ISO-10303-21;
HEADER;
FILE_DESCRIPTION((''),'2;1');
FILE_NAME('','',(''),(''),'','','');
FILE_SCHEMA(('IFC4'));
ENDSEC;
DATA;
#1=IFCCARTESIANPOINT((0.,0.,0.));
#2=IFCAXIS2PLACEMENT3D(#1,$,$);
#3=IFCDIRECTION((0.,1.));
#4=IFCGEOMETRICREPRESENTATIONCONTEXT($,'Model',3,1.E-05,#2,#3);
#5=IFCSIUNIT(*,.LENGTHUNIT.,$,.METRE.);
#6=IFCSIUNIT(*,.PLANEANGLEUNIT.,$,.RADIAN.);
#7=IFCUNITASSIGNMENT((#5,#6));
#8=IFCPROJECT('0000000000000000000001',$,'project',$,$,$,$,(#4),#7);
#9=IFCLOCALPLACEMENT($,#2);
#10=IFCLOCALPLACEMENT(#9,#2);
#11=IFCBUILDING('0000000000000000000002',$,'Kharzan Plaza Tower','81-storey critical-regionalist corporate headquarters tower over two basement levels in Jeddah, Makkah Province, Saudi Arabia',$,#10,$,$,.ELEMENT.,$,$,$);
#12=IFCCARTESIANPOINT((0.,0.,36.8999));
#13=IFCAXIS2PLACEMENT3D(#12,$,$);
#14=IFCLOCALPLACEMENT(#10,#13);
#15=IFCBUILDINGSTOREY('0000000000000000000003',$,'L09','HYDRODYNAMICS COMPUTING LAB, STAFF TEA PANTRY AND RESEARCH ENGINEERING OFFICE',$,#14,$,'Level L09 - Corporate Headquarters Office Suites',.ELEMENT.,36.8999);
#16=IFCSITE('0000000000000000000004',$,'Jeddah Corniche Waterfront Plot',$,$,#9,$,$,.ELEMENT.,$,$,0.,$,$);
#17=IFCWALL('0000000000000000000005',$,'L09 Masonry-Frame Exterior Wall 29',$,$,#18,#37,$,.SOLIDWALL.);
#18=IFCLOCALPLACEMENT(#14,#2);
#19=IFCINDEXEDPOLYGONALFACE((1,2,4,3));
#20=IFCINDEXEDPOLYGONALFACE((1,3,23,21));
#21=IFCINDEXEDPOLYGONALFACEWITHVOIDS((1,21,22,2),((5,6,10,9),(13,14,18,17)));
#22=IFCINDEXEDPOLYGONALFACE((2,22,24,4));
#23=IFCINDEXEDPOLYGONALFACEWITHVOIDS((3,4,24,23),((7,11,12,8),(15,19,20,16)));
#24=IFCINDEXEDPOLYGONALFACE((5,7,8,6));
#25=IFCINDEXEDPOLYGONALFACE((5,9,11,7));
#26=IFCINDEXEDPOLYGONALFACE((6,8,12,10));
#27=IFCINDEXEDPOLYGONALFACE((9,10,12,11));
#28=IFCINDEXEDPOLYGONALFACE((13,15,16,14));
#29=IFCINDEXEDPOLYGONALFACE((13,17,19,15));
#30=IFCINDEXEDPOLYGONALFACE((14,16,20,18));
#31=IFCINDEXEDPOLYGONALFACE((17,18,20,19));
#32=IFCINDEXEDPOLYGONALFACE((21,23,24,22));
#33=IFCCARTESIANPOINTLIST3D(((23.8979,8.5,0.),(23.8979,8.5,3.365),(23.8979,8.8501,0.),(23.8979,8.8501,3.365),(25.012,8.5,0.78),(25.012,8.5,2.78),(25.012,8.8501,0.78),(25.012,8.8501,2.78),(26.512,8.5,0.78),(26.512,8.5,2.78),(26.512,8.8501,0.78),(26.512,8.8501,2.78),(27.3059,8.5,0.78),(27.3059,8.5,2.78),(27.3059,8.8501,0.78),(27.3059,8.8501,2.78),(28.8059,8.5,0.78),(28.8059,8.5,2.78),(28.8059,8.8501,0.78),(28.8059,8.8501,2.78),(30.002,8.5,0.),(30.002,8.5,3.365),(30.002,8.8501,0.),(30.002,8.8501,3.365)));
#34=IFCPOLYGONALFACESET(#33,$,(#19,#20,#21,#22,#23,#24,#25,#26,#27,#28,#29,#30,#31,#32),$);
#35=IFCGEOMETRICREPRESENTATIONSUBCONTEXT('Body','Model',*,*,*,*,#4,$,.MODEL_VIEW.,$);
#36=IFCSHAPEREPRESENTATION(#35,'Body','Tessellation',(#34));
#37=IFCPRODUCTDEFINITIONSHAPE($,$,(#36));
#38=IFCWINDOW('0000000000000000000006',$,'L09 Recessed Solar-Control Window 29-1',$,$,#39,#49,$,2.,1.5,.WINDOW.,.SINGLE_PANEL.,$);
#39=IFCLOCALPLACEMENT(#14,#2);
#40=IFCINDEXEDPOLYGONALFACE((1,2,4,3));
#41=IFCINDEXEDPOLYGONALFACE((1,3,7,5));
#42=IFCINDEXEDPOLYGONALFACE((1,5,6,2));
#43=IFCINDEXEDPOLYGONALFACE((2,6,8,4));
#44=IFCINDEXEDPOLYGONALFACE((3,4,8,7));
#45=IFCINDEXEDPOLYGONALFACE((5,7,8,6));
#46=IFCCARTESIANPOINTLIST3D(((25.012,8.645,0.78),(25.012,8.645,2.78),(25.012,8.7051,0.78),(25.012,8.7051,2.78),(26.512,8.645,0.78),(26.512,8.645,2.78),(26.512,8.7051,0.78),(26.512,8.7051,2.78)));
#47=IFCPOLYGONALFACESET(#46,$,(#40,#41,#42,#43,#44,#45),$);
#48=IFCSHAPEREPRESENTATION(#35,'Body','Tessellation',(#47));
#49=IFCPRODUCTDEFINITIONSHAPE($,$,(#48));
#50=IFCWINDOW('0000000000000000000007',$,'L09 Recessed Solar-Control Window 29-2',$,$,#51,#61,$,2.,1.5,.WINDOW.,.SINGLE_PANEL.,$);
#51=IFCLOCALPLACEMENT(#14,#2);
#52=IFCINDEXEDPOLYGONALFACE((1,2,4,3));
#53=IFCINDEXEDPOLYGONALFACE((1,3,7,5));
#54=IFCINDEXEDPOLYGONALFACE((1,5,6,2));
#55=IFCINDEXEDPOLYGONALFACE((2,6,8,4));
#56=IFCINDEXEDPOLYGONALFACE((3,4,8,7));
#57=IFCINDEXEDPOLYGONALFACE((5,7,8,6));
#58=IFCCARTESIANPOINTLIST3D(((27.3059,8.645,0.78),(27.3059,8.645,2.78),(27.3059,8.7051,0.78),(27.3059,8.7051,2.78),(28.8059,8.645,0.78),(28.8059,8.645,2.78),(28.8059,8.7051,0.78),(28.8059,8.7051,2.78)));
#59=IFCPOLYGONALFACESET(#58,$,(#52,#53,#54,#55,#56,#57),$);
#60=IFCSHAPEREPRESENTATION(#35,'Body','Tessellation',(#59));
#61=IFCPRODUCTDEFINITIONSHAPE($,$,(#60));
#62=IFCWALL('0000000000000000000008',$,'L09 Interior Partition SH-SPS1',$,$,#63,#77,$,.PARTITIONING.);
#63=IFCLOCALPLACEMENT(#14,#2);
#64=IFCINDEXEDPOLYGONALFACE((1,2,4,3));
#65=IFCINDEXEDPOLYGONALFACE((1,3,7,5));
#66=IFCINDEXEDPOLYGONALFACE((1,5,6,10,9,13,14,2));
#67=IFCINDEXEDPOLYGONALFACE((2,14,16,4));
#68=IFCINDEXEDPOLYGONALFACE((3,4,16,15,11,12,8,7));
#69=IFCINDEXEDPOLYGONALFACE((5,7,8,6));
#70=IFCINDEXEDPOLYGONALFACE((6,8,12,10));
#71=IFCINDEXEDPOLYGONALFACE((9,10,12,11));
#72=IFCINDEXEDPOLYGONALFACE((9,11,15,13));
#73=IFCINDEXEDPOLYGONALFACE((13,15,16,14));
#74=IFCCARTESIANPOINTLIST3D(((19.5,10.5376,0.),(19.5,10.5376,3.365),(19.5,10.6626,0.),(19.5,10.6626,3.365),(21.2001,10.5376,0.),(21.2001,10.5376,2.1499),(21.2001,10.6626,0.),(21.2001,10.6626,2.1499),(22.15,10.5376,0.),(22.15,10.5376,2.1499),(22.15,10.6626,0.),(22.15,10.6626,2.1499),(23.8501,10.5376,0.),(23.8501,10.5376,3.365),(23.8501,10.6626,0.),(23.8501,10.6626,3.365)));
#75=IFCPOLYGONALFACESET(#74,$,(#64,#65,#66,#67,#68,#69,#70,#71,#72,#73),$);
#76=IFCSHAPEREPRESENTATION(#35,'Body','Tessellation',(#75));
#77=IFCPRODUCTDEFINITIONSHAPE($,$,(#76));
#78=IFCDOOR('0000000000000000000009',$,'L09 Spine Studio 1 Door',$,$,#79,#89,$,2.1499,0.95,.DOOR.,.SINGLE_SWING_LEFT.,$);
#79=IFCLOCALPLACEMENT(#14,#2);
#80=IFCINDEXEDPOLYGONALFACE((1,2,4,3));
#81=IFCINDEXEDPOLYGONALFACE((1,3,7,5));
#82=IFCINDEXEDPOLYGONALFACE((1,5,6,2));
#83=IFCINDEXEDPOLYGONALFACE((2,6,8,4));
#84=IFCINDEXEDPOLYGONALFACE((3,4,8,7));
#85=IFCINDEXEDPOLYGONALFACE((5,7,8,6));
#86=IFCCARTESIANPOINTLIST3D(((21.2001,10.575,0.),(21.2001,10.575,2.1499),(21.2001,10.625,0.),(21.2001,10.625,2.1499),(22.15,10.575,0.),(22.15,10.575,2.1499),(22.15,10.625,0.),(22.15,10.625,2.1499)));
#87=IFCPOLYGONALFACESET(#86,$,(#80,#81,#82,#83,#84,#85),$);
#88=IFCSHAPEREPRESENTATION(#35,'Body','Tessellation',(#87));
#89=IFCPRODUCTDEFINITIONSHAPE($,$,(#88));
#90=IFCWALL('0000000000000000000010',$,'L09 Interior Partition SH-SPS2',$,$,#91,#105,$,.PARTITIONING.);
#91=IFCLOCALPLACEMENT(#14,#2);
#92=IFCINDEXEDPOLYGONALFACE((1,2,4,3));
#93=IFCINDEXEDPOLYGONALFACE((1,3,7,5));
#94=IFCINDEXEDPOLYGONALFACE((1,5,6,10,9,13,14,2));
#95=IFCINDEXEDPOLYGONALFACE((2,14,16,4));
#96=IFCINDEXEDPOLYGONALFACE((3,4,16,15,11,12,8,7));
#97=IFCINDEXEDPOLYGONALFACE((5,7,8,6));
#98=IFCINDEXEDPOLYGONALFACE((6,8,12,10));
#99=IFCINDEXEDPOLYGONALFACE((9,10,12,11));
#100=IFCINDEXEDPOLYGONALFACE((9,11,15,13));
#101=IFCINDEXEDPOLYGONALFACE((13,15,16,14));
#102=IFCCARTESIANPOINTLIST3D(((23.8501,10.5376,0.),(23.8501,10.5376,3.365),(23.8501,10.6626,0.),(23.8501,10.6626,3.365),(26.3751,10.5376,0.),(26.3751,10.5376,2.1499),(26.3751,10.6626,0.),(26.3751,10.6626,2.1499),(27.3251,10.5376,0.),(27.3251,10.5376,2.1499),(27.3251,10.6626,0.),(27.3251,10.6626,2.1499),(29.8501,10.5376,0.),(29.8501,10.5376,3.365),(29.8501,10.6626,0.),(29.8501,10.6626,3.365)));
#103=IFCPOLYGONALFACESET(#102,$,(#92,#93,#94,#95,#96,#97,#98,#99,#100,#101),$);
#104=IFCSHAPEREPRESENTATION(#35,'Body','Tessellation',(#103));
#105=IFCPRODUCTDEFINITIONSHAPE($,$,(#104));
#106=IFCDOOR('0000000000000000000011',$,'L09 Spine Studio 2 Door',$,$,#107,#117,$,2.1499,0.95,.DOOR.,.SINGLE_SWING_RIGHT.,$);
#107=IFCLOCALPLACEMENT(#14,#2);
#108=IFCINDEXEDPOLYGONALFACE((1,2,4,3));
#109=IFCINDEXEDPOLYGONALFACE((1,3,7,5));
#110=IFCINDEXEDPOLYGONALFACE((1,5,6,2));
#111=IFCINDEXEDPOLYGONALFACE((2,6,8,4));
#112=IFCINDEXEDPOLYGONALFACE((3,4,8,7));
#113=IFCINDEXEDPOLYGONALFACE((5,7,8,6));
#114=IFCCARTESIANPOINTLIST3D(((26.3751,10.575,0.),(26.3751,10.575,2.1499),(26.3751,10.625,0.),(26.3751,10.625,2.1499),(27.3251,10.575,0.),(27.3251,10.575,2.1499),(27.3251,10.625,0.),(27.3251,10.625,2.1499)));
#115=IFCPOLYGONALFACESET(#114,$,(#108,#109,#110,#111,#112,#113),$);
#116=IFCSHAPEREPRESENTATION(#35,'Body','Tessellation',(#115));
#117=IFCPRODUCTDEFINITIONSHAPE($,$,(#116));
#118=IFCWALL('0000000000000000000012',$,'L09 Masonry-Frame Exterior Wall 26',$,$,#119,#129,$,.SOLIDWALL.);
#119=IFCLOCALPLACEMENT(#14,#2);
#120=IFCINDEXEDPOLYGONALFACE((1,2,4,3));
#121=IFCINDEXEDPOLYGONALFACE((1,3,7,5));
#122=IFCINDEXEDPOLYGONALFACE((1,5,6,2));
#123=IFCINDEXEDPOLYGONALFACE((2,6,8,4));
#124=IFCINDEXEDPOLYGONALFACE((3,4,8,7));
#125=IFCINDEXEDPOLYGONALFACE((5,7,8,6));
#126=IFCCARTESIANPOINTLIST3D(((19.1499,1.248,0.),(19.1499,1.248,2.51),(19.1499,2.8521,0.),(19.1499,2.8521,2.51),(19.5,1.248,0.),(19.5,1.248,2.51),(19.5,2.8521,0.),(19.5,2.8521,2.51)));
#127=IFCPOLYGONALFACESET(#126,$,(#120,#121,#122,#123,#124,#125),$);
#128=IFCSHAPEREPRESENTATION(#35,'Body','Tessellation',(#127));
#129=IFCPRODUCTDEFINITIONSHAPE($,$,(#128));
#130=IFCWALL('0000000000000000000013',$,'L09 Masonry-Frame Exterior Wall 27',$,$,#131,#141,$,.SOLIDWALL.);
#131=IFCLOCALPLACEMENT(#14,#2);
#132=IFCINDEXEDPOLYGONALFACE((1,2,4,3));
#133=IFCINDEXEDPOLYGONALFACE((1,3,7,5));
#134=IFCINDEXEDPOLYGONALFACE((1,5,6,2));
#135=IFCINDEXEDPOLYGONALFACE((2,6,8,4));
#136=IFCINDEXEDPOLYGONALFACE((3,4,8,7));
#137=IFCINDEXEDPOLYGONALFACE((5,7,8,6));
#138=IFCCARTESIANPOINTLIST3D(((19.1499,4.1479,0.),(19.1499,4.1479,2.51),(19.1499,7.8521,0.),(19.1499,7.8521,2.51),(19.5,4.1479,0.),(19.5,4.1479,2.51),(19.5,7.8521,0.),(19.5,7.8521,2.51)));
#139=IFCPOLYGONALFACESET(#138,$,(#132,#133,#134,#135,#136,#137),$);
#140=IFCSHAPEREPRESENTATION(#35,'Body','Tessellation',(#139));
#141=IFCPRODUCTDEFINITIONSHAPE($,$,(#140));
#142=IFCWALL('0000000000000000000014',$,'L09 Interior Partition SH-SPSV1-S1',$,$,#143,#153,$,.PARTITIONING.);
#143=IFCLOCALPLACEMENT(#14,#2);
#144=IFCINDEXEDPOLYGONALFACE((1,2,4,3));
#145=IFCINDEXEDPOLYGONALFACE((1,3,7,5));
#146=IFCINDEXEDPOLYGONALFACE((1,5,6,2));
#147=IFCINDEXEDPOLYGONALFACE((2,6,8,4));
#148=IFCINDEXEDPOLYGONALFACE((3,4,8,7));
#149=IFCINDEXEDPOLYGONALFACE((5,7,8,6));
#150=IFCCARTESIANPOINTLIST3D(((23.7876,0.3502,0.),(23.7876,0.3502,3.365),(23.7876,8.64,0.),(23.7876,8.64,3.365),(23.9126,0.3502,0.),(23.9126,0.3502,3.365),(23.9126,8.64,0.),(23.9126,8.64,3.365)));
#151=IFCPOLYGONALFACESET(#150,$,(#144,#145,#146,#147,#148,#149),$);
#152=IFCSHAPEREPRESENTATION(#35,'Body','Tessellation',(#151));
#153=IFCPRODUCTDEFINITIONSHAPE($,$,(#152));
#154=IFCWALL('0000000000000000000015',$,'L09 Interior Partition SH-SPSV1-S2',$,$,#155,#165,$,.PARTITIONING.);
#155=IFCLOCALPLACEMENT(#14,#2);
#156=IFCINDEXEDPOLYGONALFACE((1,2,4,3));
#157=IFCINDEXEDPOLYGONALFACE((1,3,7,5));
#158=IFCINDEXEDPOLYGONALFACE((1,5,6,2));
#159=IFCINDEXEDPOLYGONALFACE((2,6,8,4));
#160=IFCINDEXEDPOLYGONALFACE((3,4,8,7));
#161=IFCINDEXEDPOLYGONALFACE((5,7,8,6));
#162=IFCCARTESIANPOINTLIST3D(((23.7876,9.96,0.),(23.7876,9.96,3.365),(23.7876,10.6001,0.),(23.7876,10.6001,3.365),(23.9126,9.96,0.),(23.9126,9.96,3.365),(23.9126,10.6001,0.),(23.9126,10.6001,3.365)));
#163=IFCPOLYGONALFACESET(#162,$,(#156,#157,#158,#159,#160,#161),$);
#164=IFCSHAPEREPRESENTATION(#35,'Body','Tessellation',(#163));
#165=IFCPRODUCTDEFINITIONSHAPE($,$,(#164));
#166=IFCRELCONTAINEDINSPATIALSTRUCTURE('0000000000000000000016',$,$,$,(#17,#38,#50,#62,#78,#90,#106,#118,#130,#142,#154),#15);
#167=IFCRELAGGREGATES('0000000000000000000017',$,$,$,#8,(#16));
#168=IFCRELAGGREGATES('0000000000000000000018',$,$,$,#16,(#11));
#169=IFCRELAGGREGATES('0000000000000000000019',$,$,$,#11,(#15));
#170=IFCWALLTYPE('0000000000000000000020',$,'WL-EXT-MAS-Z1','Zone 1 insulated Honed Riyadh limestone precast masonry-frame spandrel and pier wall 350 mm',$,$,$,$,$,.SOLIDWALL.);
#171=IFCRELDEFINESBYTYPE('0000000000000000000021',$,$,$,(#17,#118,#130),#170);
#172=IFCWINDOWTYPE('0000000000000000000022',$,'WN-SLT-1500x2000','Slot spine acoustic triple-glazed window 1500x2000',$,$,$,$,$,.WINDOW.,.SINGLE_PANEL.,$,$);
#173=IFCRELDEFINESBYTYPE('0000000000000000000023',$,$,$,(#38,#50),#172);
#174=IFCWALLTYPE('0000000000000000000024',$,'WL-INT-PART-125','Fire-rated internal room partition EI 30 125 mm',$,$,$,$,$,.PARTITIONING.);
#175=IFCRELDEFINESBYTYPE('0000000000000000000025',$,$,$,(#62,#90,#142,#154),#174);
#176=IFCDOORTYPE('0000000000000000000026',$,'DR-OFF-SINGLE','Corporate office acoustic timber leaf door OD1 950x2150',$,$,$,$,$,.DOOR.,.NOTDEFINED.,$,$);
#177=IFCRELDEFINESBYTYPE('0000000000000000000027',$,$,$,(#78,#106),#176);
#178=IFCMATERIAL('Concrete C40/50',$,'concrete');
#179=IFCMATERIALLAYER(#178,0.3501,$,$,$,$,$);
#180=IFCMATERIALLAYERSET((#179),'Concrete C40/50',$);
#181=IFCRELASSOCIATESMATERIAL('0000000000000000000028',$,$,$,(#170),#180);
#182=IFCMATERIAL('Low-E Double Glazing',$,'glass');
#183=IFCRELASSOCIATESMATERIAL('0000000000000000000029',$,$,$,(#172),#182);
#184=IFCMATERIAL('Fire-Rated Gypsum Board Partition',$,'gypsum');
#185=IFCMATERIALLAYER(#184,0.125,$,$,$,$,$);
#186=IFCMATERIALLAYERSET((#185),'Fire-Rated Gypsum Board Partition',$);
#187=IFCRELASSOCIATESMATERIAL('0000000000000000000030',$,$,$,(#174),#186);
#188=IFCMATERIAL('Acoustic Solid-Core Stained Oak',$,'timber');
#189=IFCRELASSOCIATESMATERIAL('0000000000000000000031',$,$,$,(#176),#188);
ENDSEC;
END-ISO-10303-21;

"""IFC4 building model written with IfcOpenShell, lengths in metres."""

from ifc_helpers import new_model, si_unit, direction, frame, frame_2d, origin, place, context, subcontext, project, spatial, rectangle, extrude, source, transform, mapped, material, layer, layer_set, type_object, element, fill, save


model = new_model("IFC4")

# Units and contexts
model_context = context("Model", 3, precision=1e-05, world=origin(), true_north=direction((0.0, 1.0)))
body_context = subcontext(model_context, "Body", "Model", "MODEL_VIEW")
ifc_project = project(units=[si_unit("LENGTHUNIT", "METRE"), si_unit("PLANEANGLEUNIT", "RADIAN")], contexts=[model_context])

# Site, building, storey
site_placement = place(None, origin())
site = spatial("IfcSite", under=ifc_project, at=site_placement, Name="Jeddah Corniche Waterfront Plot", CompositionType="ELEMENT", RefElevation=0.0)
building_placement = place(site_placement, origin())
building = spatial("IfcBuilding", under=site, at=building_placement, Name="Kharzan Plaza Tower", Description="81-storey critical-regionalist corporate headquarters tower over two basement levels in Jeddah, Makkah Province, Saudi Arabia", CompositionType="ELEMENT")
storey_placement = place(building_placement, frame((0.0, 0.0, 36.8999)))
storey = spatial("IfcBuildingStorey", under=building, at=storey_placement, Name="L09", Description="HYDRODYNAMICS COMPUTING LAB, STAFF TEA PANTRY AND RESEARCH ENGINEERING OFFICE", LongName="Level L09 - Corporate Headquarters Office Suites", CompositionType="ELEMENT", Elevation=36.8999)

# Shared definitions
ifc_material_1 = material(Name="Concrete C40/50", Category="concrete")
ifc_layer_1 = layer(ifc_material_1, 0.3501)
ifc_layer_set_1 = layer_set([ifc_layer_1], Name="Concrete C40/50")
wall_type_1 = type_object("IfcWallType", Name="WL-EXT-MAS-Z1", Description="Zone 1 insulated Honed Riyadh limestone precast masonry-frame spandrel and pier wall 350 mm", PredefinedType="SOLIDWALL", material=ifc_layer_set_1)
ifc_material_2 = material(Name="Low-E Double Glazing", Category="glass")
window_type = type_object("IfcWindowType", Name="WN-SLT-1500x2000", Description="Slot spine acoustic triple-glazed window 1500x2000", PartitioningType="SINGLE_PANEL", PredefinedType="WINDOW", material=ifc_material_2)
shared_shape_1 = source(origin(), body_context, "Body", "SweptSolid", [
    extrude(rectangle(XDim=1.5, YDim=2.0, at=frame_2d((0.75, 1.0))), frame((0.0, 0.03, 0.0), z_axis=(0.0, -1.0, 0.0), x_axis=(1.0, 0.0, 0.0)), (0.0, 0.0, 1.0), 0.0601),
])

# Wall, openings, windows
wall_1_placement = place(storey_placement, frame((23.8979, 8.675, 0.0), z_axis=(0.0, 0.0, 1.0), x_axis=(1.0, 0.0, 0.0)))
wall_1 = element("IfcWall", 1, at=wall_1_placement, inside=storey, type_object=wall_type_1, Name="L09 Masonry-Frame Exterior Wall 29", PredefinedType="SOLIDWALL", context=body_context, shape_type="SweptSolid", body=[
    extrude(rectangle(XDim=6.104, YDim=0.3501, at=frame_2d((3.052, 0.0))), origin(), (0.0, 0.0, 1.0), 3.365),
])
opening_1_placement = place(wall_1_placement, frame((1.114, 0.0, 0.78)))
opening_1 = element("IfcOpeningElement", 2, at=opening_1_placement, cuts=wall_1, PredefinedType="OPENING", context=body_context, shape_type="SweptSolid", body=[
    extrude(rectangle(XDim=1.5, YDim=2.0, at=frame_2d((0.75, 1.0))), frame((0.0, 0.1851, 0.0), z_axis=(0.0, -1.0, 0.0), x_axis=(1.0, 0.0, 0.0)), (0.0, 0.0, 1.0), 0.3701),
])
opening_2_placement = place(wall_1_placement, frame((3.408, 0.0, 0.78)))
opening_2 = element("IfcOpeningElement", 3, at=opening_2_placement, cuts=wall_1, PredefinedType="OPENING", context=body_context, shape_type="SweptSolid", body=[
    extrude(rectangle(XDim=1.5, YDim=2.0, at=frame_2d((0.75, 1.0))), frame((0.0, 0.1851, 0.0), z_axis=(0.0, -1.0, 0.0), x_axis=(1.0, 0.0, 0.0)), (0.0, 0.0, 1.0), 0.3701),
])
window_1_placement = place(opening_1_placement, origin())
window_1 = element("IfcWindow", 4, at=window_1_placement, inside=storey, type_object=window_type, Name="L09 Recessed Solar-Control Window 29-1", OverallHeight=2.0, OverallWidth=1.5, PartitioningType="SINGLE_PANEL", PredefinedType="WINDOW", context=body_context, shape_type="MappedRepresentation", body=[
    mapped(shared_shape_1, transform((0.0, 0.0, 0.0), x_axis=(1.0, 0.0, 0.0), y_axis=(0.0, 1.0, 0.0), z_axis=(0.0, 0.0, 1.0))),
])
fill(opening_1, window_1)
window_2_placement = place(opening_2_placement, origin())
window_2 = element("IfcWindow", 5, at=window_2_placement, inside=storey, type_object=window_type, Name="L09 Recessed Solar-Control Window 29-2", OverallHeight=2.0, OverallWidth=1.5, PartitioningType="SINGLE_PANEL", PredefinedType="WINDOW", context=body_context, shape_type="MappedRepresentation", body=[
    mapped(shared_shape_1, transform((0.0, 0.0, 0.0), x_axis=(1.0, 0.0, 0.0), y_axis=(0.0, 1.0, 0.0), z_axis=(0.0, 0.0, 1.0))),
])
fill(opening_2, window_2)

# Walls, openings, doors
ifc_material_3 = material(Name="Fire-Rated Gypsum Board Partition", Category="gypsum")
ifc_layer_2 = layer(ifc_material_3, 0.125)
ifc_layer_set_2 = layer_set([ifc_layer_2], Name="Fire-Rated Gypsum Board Partition")
wall_type_2 = type_object("IfcWallType", Name="WL-INT-PART-125", Description="Fire-rated internal room partition EI 30 125 mm", PredefinedType="PARTITIONING", material=ifc_layer_set_2)
wall_2_placement = place(storey_placement, frame((19.5, 10.6001, 0.0), z_axis=(0.0, 0.0, 1.0), x_axis=(1.0, 0.0, 0.0)))
wall_2 = element("IfcWall", 6, at=wall_2_placement, inside=storey, type_object=wall_type_2, Name="L09 Interior Partition SH-SPS1", PredefinedType="PARTITIONING", context=body_context, shape_type="SweptSolid", body=[
    extrude(rectangle(XDim=4.3501, YDim=0.125, at=frame_2d((2.175, 0.0))), origin(), (0.0, 0.0, 1.0), 3.365),
])
opening_3_placement = place(wall_2_placement, frame((1.7, 0.0, 0.0)))
opening_3 = element("IfcOpeningElement", 7, at=opening_3_placement, cuts=wall_2, PredefinedType="OPENING", context=body_context, shape_type="SweptSolid", body=[
    extrude(rectangle(XDim=0.95, YDim=2.1499, at=frame_2d((0.4751, 1.075))), frame((0.0, 0.0725, 0.0), z_axis=(0.0, -1.0, 0.0), x_axis=(1.0, 0.0, 0.0)), (0.0, 0.0, 1.0), 0.145),
])
ifc_material_4 = material(Name="Acoustic Solid-Core Stained Oak", Category="timber")
door_type = type_object("IfcDoorType", Name="DR-OFF-SINGLE", Description="Corporate office acoustic timber leaf door OD1 950x2150", OperationType="NOTDEFINED", PredefinedType="DOOR", material=ifc_material_4)
shared_shape_2 = source(origin(), body_context, "Body", "SweptSolid", [
    extrude(rectangle(XDim=0.95, YDim=2.1499, at=frame_2d((0.4751, 1.075))), frame((0.0, 0.0249, 0.0), z_axis=(0.0, -1.0, 0.0), x_axis=(1.0, 0.0, 0.0)), (0.0, 0.0, 1.0), 0.05),
])
door_1_placement = place(opening_3_placement, origin())
door_1 = element("IfcDoor", 8, at=door_1_placement, inside=storey, type_object=door_type, Name="L09 Spine Studio 1 Door", OperationType="SINGLE_SWING_LEFT", OverallHeight=2.1499, OverallWidth=0.95, PredefinedType="DOOR", context=body_context, shape_type="MappedRepresentation", body=[
    mapped(shared_shape_2, transform((0.0, 0.0, 0.0), x_axis=(1.0, 0.0, 0.0), y_axis=(0.0, 1.0, 0.0), z_axis=(0.0, 0.0, 1.0))),
])
fill(opening_3, door_1)
wall_3_placement = place(storey_placement, frame((23.8501, 10.6001, 0.0), z_axis=(0.0, 0.0, 1.0), x_axis=(1.0, 0.0, 0.0)))
wall_3 = element("IfcWall", 9, at=wall_3_placement, inside=storey, type_object=wall_type_2, Name="L09 Interior Partition SH-SPS2", PredefinedType="PARTITIONING", context=body_context, shape_type="SweptSolid", body=[
    extrude(rectangle(XDim=6.0, YDim=0.125, at=frame_2d((3.0, 0.0))), origin(), (0.0, 0.0, 1.0), 3.365),
])
opening_4_placement = place(wall_3_placement, frame((2.5249, 0.0, 0.0)))
opening_4 = element("IfcOpeningElement", 10, at=opening_4_placement, cuts=wall_3, PredefinedType="OPENING", context=body_context, shape_type="SweptSolid", body=[
    extrude(rectangle(XDim=0.95, YDim=2.1499, at=frame_2d((0.4751, 1.075))), frame((0.0, 0.0725, 0.0), z_axis=(0.0, -1.0, 0.0), x_axis=(1.0, 0.0, 0.0)), (0.0, 0.0, 1.0), 0.145),
])
door_2_placement = place(opening_4_placement, origin())
door_2 = element("IfcDoor", 11, at=door_2_placement, inside=storey, type_object=door_type, Name="L09 Spine Studio 2 Door", OperationType="SINGLE_SWING_RIGHT", OverallHeight=2.1499, OverallWidth=0.95, PredefinedType="DOOR", context=body_context, shape_type="MappedRepresentation", body=[
    mapped(shared_shape_2, transform((0.0, 0.0, 0.0), x_axis=(1.0, 0.0, 0.0), y_axis=(0.0, 1.0, 0.0), z_axis=(0.0, 0.0, 1.0))),
])
fill(opening_4, door_2)

# Walls
shared_shape_3 = source(origin(), body_context, "Body", "SweptSolid", [
    extrude(rectangle(XDim=1.604, YDim=0.3501, at=frame_2d((0.802, 0.0))), origin(), (0.0, 0.0, 1.0), 2.51),
])
wall_4_placement = place(storey_placement, frame((19.325, 1.248, 0.0), z_axis=(0.0, 0.0, 1.0), x_axis=(0.0, 1.0, 0.0)))
element("IfcWall", 12, at=wall_4_placement, inside=storey, type_object=wall_type_1, Name="L09 Masonry-Frame Exterior Wall 26", PredefinedType="SOLIDWALL", context=body_context, shape_type="MappedRepresentation", body=[
    mapped(shared_shape_3, transform((0.0, 0.0, 0.0), x_axis=(1.0, 0.0, 0.0), y_axis=(0.0, 1.0, 0.0), z_axis=(0.0, 0.0, 1.0))),
])
shared_shape_4 = source(origin(), body_context, "Body", "SweptSolid", [
    extrude(rectangle(XDim=3.7041, YDim=0.3501, at=frame_2d((1.8521, 0.0))), origin(), (0.0, 0.0, 1.0), 2.51),
])
wall_5_placement = place(storey_placement, frame((19.325, 4.1479, 0.0), z_axis=(0.0, 0.0, 1.0), x_axis=(0.0, 1.0, 0.0)))
element("IfcWall", 13, at=wall_5_placement, inside=storey, type_object=wall_type_1, Name="L09 Masonry-Frame Exterior Wall 27", PredefinedType="SOLIDWALL", context=body_context, shape_type="MappedRepresentation", body=[
    mapped(shared_shape_4, transform((0.0, 0.0, 0.0), x_axis=(1.0, 0.0, 0.0), y_axis=(0.0, 1.0, 0.0), z_axis=(0.0, 0.0, 1.0))),
])
shared_shape_5 = source(origin(), body_context, "Body", "SweptSolid", [
    extrude(rectangle(XDim=8.2898, YDim=0.125, at=frame_2d((4.145, 0.0))), origin(), (0.0, 0.0, 1.0), 3.365),
])
wall_6_placement = place(storey_placement, frame((23.8501, 0.3501, 0.0), z_axis=(0.0, 0.0, 1.0), x_axis=(0.0, 1.0, 0.0)))
element("IfcWall", 14, at=wall_6_placement, inside=storey, type_object=wall_type_2, Name="L09 Interior Partition SH-SPSV1-S1", PredefinedType="PARTITIONING", context=body_context, shape_type="MappedRepresentation", body=[
    mapped(shared_shape_5, transform((0.0, 0.0, 0.0), x_axis=(1.0, 0.0, 0.0), y_axis=(0.0, 1.0, 0.0), z_axis=(0.0, 0.0, 1.0))),
])
shared_shape_6 = source(origin(), body_context, "Body", "SweptSolid", [
    extrude(rectangle(XDim=0.6401, YDim=0.125, at=frame_2d((0.3201, 0.0))), origin(), (0.0, 0.0, 1.0), 3.365),
])
wall_7_placement = place(storey_placement, frame((23.8501, 9.96, 0.0), z_axis=(0.0, 0.0, 1.0), x_axis=(0.0, 1.0, 0.0)))
element("IfcWall", 15, at=wall_7_placement, inside=storey, type_object=wall_type_2, Name="L09 Interior Partition SH-SPSV1-S2", PredefinedType="PARTITIONING", context=body_context, shape_type="MappedRepresentation", body=[
    mapped(shared_shape_6, transform((0.0, 0.0, 0.0), x_axis=(1.0, 0.0, 0.0), y_axis=(0.0, 1.0, 0.0), z_axis=(0.0, 0.0, 1.0))),
])

save(model, "model.ifc")
